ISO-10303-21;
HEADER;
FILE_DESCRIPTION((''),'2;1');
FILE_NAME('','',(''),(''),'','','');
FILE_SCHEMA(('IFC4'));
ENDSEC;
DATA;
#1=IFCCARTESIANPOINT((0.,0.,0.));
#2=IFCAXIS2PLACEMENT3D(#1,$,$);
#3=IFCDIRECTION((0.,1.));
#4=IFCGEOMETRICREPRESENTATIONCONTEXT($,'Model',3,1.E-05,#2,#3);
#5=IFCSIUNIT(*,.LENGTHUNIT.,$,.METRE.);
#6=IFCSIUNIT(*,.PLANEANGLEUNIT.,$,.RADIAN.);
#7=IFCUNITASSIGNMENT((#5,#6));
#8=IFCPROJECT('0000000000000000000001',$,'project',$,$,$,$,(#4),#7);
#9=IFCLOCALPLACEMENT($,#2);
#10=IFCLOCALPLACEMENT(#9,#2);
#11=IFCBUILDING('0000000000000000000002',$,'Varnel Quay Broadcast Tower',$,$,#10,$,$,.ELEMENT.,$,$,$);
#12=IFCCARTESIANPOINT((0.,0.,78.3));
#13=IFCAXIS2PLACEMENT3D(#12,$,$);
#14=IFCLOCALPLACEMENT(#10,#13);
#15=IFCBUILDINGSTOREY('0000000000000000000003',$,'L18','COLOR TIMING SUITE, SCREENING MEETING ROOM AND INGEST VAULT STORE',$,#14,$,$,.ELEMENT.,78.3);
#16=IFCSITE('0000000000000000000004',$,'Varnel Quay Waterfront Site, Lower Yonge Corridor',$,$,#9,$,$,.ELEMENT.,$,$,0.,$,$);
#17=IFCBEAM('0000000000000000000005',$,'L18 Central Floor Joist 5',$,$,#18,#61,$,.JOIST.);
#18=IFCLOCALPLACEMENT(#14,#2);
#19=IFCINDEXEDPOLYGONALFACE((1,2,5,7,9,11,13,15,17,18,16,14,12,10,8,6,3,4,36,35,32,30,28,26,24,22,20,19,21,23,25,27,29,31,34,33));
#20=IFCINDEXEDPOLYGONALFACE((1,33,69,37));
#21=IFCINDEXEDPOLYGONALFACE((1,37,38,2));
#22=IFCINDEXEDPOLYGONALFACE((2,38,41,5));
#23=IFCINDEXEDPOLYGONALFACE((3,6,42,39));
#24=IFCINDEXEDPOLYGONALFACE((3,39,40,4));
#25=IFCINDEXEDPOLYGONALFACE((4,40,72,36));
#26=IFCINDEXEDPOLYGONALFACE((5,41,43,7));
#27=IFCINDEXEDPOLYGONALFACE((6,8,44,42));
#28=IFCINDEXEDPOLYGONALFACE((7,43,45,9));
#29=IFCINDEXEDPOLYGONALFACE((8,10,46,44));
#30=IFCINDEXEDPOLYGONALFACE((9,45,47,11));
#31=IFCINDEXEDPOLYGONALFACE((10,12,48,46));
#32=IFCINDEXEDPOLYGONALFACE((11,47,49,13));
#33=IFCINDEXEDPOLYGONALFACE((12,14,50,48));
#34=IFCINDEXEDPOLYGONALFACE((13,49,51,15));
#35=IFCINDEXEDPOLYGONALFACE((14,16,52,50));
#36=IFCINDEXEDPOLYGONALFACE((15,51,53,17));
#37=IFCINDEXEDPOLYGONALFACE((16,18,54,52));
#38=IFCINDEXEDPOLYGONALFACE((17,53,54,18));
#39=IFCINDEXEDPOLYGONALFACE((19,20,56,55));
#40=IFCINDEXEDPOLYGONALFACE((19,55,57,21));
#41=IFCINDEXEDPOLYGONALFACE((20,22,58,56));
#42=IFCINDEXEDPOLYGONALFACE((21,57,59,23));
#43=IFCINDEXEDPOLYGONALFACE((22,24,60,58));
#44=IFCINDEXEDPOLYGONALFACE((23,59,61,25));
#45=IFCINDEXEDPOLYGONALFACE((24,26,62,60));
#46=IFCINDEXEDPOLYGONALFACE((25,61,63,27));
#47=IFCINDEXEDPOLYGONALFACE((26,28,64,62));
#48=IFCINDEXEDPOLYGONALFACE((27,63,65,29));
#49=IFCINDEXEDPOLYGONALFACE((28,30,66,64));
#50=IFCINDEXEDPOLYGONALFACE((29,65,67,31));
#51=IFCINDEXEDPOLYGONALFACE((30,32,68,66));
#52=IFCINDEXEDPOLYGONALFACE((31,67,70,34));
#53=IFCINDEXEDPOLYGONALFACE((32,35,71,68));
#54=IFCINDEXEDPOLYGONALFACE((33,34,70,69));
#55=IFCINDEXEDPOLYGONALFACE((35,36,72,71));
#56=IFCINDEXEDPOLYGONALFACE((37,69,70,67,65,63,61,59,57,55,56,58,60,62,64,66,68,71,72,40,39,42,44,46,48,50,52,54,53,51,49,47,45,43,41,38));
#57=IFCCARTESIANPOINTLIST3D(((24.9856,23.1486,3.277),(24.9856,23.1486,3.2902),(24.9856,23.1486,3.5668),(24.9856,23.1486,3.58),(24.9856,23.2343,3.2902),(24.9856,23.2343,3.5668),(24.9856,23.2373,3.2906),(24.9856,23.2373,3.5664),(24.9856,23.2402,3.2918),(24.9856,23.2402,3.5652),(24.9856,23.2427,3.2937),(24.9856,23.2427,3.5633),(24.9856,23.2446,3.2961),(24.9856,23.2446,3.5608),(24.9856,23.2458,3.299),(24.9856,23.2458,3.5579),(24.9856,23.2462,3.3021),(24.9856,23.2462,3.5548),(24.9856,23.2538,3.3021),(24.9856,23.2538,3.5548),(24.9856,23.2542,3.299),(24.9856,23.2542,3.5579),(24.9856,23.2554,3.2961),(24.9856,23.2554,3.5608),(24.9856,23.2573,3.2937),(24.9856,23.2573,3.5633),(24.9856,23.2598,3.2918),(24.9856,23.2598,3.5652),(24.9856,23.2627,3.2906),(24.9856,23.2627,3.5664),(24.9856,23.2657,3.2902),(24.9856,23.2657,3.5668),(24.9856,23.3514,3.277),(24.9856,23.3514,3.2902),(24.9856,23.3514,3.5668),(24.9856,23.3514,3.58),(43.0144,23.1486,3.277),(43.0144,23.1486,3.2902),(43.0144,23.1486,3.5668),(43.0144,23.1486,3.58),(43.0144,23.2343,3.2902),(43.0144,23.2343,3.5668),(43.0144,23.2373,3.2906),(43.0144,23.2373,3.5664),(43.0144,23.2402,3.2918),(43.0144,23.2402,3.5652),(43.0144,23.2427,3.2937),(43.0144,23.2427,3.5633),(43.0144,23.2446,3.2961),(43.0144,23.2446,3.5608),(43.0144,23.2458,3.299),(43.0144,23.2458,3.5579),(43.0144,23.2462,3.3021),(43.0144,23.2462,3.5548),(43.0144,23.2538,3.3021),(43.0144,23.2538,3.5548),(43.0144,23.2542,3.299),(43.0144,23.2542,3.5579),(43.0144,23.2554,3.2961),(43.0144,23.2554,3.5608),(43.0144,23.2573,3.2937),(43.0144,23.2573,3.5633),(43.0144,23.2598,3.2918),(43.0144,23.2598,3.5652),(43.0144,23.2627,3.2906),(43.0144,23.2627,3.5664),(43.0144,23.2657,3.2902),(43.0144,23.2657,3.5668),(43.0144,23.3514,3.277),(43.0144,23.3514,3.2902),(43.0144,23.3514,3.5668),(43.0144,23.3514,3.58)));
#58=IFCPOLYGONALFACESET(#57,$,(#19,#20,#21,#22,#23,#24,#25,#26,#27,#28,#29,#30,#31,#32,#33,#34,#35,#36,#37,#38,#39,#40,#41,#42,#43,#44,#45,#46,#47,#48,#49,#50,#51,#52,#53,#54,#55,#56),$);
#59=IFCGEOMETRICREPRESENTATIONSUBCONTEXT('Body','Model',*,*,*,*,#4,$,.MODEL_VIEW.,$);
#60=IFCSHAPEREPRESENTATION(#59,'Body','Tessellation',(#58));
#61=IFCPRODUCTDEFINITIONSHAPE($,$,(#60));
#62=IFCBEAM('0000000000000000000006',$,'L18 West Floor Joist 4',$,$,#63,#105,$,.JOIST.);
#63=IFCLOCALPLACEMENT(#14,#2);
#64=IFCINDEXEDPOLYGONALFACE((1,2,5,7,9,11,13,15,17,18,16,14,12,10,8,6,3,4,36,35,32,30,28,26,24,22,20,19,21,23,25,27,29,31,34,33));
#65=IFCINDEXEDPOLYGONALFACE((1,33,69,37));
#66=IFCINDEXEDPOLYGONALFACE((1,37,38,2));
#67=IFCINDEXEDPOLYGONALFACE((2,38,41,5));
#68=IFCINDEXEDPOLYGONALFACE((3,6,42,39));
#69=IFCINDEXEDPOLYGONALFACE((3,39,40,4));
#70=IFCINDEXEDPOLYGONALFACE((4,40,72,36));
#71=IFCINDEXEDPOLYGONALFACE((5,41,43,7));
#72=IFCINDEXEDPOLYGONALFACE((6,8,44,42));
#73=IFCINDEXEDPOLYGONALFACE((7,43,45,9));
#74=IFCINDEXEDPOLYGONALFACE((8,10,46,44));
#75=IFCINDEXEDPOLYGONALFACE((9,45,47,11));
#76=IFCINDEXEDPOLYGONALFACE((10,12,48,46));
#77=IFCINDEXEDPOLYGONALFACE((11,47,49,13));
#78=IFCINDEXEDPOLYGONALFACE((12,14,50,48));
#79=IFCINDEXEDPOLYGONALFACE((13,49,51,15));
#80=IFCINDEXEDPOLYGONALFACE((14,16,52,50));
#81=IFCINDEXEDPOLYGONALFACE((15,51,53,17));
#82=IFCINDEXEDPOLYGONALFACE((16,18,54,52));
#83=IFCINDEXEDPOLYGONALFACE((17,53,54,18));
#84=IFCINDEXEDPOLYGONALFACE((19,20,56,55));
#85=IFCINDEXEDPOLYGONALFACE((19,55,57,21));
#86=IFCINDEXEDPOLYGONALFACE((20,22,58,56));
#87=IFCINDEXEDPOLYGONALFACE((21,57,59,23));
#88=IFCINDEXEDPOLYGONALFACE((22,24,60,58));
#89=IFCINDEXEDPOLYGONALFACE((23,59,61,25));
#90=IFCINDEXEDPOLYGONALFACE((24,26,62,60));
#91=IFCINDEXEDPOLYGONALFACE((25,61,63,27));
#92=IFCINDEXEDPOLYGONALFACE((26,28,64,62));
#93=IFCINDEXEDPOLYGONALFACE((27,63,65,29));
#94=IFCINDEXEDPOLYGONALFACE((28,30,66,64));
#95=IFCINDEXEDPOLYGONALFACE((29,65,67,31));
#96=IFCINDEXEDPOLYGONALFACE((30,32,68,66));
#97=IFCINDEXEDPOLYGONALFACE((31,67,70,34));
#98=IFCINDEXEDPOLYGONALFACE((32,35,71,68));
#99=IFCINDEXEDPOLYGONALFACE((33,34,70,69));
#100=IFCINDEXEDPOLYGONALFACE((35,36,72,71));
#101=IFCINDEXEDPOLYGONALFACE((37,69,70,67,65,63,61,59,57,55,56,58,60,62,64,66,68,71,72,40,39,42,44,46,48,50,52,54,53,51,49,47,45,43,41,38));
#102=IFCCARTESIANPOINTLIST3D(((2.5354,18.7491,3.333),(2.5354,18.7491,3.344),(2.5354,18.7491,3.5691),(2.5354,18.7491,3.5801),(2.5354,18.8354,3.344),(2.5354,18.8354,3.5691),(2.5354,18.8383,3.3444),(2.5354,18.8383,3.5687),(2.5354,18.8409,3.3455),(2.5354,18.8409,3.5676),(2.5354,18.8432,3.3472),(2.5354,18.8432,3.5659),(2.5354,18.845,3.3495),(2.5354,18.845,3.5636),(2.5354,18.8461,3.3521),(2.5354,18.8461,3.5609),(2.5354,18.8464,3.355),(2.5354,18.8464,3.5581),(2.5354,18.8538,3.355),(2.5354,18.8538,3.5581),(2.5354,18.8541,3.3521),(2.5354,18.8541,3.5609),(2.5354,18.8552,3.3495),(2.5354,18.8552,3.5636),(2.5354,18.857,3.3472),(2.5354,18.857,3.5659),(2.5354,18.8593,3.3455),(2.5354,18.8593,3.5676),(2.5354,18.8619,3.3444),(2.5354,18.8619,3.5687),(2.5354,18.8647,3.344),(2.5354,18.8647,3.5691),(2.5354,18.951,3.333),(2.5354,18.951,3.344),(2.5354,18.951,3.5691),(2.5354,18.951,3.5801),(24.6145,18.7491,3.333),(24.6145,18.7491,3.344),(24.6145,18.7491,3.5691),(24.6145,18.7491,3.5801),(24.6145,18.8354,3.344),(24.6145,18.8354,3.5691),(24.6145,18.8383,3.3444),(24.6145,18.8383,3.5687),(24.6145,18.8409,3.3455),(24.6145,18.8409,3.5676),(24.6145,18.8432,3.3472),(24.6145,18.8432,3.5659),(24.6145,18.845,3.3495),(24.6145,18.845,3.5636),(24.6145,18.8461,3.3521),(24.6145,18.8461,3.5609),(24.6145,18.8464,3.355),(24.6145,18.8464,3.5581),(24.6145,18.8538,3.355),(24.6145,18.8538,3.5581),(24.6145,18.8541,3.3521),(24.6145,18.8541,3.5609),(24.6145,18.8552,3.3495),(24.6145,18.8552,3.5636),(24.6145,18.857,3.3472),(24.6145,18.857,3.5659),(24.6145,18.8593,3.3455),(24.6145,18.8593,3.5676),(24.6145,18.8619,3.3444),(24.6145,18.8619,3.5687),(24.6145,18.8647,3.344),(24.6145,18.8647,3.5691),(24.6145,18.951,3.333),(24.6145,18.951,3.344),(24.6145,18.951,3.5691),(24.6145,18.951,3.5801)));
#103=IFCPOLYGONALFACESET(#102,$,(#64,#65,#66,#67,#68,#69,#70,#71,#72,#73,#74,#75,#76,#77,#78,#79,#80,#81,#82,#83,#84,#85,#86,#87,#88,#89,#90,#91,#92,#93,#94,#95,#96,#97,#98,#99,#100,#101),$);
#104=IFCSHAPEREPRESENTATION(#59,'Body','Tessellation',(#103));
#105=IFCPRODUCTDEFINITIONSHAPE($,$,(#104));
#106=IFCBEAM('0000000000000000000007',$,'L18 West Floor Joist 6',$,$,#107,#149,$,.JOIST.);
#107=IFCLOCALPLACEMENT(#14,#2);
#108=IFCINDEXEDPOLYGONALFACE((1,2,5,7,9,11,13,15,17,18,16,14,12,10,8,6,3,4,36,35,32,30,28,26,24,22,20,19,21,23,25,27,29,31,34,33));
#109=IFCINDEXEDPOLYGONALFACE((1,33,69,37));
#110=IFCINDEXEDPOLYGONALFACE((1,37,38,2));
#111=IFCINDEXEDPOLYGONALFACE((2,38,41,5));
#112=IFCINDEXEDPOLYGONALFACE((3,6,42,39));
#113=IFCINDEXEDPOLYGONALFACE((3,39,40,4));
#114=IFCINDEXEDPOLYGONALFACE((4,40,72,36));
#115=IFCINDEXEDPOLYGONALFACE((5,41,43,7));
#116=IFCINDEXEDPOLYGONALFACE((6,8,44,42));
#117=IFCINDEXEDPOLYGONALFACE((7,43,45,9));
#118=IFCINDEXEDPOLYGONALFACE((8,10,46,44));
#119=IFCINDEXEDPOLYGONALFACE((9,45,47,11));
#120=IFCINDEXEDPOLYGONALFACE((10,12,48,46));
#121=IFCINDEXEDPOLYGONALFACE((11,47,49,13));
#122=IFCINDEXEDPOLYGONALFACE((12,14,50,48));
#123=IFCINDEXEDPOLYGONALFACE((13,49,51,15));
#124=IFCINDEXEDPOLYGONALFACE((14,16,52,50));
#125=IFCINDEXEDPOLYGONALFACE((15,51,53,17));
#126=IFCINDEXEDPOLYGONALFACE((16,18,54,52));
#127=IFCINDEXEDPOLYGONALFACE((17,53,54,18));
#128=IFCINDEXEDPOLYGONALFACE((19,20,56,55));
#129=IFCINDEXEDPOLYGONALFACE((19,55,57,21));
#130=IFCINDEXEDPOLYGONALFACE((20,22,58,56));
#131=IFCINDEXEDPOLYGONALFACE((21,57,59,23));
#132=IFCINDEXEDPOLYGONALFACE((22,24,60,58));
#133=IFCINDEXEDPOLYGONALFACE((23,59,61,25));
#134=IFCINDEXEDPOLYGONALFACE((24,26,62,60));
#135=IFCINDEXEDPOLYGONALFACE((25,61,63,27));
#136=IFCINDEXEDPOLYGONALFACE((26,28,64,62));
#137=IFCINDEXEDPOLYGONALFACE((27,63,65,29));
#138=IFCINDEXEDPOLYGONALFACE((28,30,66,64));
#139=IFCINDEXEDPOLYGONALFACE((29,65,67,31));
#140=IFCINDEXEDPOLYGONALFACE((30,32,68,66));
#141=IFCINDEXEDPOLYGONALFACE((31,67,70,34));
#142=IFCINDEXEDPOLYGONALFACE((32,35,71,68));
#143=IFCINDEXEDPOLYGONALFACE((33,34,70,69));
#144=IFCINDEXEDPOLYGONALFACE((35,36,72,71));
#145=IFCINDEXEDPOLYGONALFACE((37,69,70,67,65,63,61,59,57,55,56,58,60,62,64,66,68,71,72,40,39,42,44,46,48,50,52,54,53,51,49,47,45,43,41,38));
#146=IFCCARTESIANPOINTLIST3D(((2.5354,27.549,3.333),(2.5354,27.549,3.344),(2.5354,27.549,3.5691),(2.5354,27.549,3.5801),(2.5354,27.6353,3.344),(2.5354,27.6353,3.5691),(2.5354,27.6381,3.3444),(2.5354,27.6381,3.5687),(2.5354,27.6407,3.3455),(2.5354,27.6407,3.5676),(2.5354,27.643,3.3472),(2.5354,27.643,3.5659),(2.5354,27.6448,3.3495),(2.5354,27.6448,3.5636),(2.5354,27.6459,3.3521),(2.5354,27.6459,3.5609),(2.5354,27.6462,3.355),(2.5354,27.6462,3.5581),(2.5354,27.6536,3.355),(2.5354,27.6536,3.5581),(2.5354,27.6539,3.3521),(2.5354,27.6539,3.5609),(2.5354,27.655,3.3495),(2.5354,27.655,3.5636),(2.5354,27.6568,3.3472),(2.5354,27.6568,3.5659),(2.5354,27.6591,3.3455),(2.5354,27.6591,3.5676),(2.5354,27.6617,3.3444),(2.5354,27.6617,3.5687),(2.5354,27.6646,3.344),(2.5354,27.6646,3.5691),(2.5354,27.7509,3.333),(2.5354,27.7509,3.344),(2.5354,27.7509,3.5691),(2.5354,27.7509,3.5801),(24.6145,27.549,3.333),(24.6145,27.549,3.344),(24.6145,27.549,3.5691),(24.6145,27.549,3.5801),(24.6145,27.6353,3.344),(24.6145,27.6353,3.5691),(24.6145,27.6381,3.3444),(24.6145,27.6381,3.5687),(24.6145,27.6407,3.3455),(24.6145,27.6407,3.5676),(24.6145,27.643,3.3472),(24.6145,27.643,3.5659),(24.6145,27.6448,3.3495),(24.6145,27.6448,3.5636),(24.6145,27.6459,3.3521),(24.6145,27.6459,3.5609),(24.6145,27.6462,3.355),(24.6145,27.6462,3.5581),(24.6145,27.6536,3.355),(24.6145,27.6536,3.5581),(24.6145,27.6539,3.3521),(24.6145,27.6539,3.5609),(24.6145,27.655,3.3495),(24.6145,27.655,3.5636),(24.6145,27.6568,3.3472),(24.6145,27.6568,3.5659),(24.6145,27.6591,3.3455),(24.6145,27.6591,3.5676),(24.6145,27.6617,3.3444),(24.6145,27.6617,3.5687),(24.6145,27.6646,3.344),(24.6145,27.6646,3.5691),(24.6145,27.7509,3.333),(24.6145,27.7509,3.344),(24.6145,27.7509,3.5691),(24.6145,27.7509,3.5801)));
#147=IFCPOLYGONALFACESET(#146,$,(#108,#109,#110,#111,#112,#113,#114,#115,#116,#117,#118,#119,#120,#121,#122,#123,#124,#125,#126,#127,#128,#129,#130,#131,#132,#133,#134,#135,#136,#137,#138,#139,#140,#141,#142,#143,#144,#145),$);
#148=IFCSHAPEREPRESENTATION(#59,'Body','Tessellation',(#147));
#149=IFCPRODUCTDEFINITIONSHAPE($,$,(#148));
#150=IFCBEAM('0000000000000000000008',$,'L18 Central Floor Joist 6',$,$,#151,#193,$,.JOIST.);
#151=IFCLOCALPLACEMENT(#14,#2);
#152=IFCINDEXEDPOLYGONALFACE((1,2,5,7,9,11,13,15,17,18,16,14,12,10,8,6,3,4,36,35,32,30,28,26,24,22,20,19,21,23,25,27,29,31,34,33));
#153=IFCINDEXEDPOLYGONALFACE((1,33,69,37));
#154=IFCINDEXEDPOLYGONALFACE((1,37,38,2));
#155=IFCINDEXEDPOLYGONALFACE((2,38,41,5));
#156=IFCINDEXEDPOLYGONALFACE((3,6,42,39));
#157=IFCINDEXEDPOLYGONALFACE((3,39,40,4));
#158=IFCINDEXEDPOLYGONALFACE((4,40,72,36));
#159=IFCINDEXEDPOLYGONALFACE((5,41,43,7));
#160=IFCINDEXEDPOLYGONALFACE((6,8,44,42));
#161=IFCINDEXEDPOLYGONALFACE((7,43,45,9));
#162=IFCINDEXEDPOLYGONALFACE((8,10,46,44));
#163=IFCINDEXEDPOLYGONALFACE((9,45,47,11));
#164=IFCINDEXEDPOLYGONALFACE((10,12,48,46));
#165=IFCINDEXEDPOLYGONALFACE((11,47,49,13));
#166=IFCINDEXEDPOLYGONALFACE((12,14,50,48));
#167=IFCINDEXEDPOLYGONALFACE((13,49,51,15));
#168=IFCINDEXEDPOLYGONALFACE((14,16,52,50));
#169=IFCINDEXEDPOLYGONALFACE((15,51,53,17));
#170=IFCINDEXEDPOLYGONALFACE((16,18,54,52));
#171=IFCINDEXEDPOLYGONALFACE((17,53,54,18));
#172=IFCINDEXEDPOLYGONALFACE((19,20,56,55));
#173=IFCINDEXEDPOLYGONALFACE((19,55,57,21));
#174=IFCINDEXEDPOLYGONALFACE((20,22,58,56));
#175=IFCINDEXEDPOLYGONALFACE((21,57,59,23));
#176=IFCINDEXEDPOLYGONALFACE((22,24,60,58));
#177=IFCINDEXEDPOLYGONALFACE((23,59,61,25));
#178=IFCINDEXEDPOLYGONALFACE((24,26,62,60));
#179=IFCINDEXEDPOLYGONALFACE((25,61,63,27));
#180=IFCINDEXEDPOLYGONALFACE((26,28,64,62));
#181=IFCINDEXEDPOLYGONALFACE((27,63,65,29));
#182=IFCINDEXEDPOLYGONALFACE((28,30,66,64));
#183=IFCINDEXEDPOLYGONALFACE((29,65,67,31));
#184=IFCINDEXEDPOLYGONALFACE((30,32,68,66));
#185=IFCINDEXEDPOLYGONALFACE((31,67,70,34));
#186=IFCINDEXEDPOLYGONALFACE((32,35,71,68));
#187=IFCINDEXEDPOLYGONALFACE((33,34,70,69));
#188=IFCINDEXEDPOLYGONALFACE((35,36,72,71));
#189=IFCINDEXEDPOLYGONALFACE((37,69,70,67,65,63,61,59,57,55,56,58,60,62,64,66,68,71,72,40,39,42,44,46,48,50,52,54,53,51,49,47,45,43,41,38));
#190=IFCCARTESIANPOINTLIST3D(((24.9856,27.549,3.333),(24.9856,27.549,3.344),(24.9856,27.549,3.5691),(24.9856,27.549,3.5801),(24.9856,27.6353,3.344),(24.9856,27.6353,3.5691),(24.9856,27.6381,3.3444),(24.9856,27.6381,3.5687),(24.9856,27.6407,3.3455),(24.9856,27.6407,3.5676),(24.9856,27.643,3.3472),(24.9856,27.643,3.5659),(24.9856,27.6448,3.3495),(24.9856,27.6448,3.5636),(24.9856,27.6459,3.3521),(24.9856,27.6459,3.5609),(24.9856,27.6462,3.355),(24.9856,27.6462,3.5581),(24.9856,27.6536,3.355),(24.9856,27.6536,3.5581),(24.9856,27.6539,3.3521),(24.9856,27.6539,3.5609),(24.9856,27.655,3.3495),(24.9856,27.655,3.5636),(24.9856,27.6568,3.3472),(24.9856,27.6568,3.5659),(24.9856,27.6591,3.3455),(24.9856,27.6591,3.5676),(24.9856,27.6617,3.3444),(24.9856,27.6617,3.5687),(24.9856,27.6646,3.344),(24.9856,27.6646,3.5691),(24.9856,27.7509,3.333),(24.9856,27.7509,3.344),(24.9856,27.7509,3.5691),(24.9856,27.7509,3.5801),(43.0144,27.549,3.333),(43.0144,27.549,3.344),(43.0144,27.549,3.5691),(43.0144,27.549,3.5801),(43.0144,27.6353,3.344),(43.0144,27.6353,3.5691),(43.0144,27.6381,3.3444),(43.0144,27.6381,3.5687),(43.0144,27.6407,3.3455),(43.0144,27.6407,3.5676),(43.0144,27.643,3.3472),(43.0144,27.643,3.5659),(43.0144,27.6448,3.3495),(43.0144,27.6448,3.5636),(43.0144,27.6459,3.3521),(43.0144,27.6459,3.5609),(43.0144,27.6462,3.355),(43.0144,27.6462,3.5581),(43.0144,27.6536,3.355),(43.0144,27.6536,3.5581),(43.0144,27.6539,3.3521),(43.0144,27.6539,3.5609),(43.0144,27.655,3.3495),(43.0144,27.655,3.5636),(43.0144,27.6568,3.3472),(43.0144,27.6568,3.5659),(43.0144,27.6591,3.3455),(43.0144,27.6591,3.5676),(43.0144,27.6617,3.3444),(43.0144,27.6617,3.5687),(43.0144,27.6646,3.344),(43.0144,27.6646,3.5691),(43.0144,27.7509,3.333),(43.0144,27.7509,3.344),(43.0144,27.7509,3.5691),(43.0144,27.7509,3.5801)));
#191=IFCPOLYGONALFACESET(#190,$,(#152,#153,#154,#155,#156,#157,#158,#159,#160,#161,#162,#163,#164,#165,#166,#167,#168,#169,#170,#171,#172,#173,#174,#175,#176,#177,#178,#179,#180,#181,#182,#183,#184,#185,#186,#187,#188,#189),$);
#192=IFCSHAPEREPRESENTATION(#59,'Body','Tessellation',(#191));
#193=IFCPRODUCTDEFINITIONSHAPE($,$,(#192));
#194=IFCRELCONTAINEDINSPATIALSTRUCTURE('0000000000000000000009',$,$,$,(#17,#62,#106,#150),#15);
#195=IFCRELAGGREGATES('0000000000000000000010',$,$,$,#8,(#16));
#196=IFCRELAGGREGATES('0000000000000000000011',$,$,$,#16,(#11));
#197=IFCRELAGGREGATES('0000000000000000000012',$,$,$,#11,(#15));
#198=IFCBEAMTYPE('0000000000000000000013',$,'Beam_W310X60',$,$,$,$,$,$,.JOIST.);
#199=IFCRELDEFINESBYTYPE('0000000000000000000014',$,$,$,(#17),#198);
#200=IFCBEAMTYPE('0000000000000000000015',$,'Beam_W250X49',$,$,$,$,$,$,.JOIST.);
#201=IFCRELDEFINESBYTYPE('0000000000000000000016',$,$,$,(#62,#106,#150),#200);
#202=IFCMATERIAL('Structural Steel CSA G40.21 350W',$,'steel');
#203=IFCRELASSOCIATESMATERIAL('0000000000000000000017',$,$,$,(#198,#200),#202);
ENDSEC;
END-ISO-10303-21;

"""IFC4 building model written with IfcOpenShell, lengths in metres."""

from ifc_helpers import new_model, si_unit, direction, frame, origin, origin_2d, place, context, subcontext, project, spatial, i_section, extrude, source, transform, mapped, material, material_profile, profile_set, type_object, type_shapes, element, save


model = new_model("IFC4")

# Units and contexts
model_context = context("Model", 3, precision=1e-05, world=origin(), true_north=direction((0.0, 1.0)))
body_context = subcontext(model_context, "Body", "Model", "MODEL_VIEW")
ifc_project = project(units=[si_unit("LENGTHUNIT", "METRE"), si_unit("PLANEANGLEUNIT", "RADIAN")], contexts=[model_context])

# Site, building, storey
site_placement = place(None, origin())
site = spatial("IfcSite", under=ifc_project, at=site_placement, Name="Varnel Quay Waterfront Site, Lower Yonge Corridor", CompositionType="ELEMENT", RefElevation=0.0)
building_placement = place(site_placement, origin())
building = spatial("IfcBuilding", under=site, at=building_placement, Name="Varnel Quay Broadcast Tower", CompositionType="ELEMENT")
storey_placement = place(building_placement, frame((0.0, 0.0, 78.3)))
storey = spatial("IfcBuildingStorey", under=building, at=storey_placement, Name="L18", Description="COLOR TIMING SUITE, SCREENING MEETING ROOM AND INGEST VAULT STORE", CompositionType="ELEMENT", Elevation=78.3)

# Shared definitions
ifc_material_1 = material(Name="Structural Steel CSA G40.21 350W", Category="steel")

# Beams
ifc_material_profile_1 = material_profile(ifc_material_1, i_section(OverallWidth=0.2029, OverallDepth=0.303, WebThickness=0.0076, FlangeThickness=0.0132, FilletRadius=0.012, at=origin_2d()), Name="W310X60")
ifc_profile_set_1 = profile_set([ifc_material_profile_1], Name="Structural Steel CSA G40.21 350W")
beam_type_1 = type_object("IfcBeamType", Name="Beam_W310X60", PredefinedType="JOIST", material=ifc_profile_set_1)
shared_shape_1 = source(origin(), body_context, "Body", "SweptSolid", [
    extrude(i_section(OverallWidth=0.2029, OverallDepth=0.303, WebThickness=0.0076, FlangeThickness=0.0132, FilletRadius=0.012, at=origin_2d()), origin(), (0.0, 0.0, 1.0), 18.0288),
])
beam_1_placement = place(storey_placement, frame((24.9856, 23.25, 3.4285), z_axis=(1.0, 0.0, 0.0), x_axis=(0.0, 1.0, 0.0)))
element("IfcBeam", 1, at=beam_1_placement, inside=storey, type_object=beam_type_1, Name="L18 Central Floor Joist 5", PredefinedType="JOIST", context=body_context, shape_type="MappedRepresentation", body=[
    mapped(shared_shape_1, transform((0.0, 0.0, 0.0), x_axis=(1.0, 0.0, 0.0), y_axis=(0.0, 1.0, 0.0), z_axis=(0.0, 0.0, 1.0), scale=1.0)),
])
ifc_material_profile_2 = material_profile(ifc_material_1, i_section(OverallWidth=0.2019, OverallDepth=0.2471, WebThickness=0.0073, FlangeThickness=0.011, FilletRadius=0.011, at=origin_2d()), Name="W250X49")
ifc_profile_set_2 = profile_set([ifc_material_profile_2], Name="Structural Steel CSA G40.21 350W")
beam_type_2 = type_object("IfcBeamType", Name="Beam_W250X49", PredefinedType="JOIST", material=ifc_profile_set_2)
shared_shape_2 = source(origin(), body_context, "Body", "SweptSolid", [
    extrude(i_section(OverallWidth=0.2019, OverallDepth=0.2471, WebThickness=0.0073, FlangeThickness=0.011, FilletRadius=0.011, at=origin_2d()), origin(), (0.0, 0.0, 1.0), 22.0791),
])
for number, where, z_axis, x_axis, name in (
    (2, (2.5354, 18.8501, 3.4565), (1.0, 0.0, 0.0), (0.0, 1.0, 0.0), "L18 West Floor Joist 4"),
    (3, (2.5354, 27.6499, 3.4565), (1.0, 0.0, 0.0), (0.0, 1.0, 0.0), "L18 West Floor Joist 6"),
):
    element("IfcBeam", number, at=place(storey_placement, frame(where, z_axis=z_axis, x_axis=x_axis)), inside=storey, type_object=beam_type_2, Name=name, PredefinedType="JOIST", context=body_context, shape_type="MappedRepresentation", body=[
        mapped(shared_shape_2, transform((0.0, 0.0, 0.0), x_axis=(1.0, 0.0, 0.0), y_axis=(0.0, 1.0, 0.0), z_axis=(0.0, 0.0, 1.0), scale=1.0)),
    ])
shared_shape_3 = source(origin(), body_context, "Body", "SweptSolid", [
    extrude(i_section(OverallWidth=0.2019, OverallDepth=0.2471, WebThickness=0.0073, FlangeThickness=0.011, FilletRadius=0.011, at=origin_2d()), origin(), (0.0, 0.0, 1.0), 18.0288),
])
type_shapes(beam_type_2, [shared_shape_2, shared_shape_3])
beam_2_placement = place(storey_placement, frame((24.9856, 27.6499, 3.4565), z_axis=(1.0, 0.0, 0.0), x_axis=(0.0, 1.0, 0.0)))
element("IfcBeam", 4, at=beam_2_placement, inside=storey, type_object=beam_type_2, Name="L18 Central Floor Joist 6", PredefinedType="JOIST", context=body_context, shape_type="MappedRepresentation", body=[
    mapped(shared_shape_3, transform((0.0, 0.0, 0.0), x_axis=(1.0, 0.0, 0.0), y_axis=(0.0, 1.0, 0.0), z_axis=(0.0, 0.0, 1.0), scale=1.0)),
])

save(model, "model.ifc")
